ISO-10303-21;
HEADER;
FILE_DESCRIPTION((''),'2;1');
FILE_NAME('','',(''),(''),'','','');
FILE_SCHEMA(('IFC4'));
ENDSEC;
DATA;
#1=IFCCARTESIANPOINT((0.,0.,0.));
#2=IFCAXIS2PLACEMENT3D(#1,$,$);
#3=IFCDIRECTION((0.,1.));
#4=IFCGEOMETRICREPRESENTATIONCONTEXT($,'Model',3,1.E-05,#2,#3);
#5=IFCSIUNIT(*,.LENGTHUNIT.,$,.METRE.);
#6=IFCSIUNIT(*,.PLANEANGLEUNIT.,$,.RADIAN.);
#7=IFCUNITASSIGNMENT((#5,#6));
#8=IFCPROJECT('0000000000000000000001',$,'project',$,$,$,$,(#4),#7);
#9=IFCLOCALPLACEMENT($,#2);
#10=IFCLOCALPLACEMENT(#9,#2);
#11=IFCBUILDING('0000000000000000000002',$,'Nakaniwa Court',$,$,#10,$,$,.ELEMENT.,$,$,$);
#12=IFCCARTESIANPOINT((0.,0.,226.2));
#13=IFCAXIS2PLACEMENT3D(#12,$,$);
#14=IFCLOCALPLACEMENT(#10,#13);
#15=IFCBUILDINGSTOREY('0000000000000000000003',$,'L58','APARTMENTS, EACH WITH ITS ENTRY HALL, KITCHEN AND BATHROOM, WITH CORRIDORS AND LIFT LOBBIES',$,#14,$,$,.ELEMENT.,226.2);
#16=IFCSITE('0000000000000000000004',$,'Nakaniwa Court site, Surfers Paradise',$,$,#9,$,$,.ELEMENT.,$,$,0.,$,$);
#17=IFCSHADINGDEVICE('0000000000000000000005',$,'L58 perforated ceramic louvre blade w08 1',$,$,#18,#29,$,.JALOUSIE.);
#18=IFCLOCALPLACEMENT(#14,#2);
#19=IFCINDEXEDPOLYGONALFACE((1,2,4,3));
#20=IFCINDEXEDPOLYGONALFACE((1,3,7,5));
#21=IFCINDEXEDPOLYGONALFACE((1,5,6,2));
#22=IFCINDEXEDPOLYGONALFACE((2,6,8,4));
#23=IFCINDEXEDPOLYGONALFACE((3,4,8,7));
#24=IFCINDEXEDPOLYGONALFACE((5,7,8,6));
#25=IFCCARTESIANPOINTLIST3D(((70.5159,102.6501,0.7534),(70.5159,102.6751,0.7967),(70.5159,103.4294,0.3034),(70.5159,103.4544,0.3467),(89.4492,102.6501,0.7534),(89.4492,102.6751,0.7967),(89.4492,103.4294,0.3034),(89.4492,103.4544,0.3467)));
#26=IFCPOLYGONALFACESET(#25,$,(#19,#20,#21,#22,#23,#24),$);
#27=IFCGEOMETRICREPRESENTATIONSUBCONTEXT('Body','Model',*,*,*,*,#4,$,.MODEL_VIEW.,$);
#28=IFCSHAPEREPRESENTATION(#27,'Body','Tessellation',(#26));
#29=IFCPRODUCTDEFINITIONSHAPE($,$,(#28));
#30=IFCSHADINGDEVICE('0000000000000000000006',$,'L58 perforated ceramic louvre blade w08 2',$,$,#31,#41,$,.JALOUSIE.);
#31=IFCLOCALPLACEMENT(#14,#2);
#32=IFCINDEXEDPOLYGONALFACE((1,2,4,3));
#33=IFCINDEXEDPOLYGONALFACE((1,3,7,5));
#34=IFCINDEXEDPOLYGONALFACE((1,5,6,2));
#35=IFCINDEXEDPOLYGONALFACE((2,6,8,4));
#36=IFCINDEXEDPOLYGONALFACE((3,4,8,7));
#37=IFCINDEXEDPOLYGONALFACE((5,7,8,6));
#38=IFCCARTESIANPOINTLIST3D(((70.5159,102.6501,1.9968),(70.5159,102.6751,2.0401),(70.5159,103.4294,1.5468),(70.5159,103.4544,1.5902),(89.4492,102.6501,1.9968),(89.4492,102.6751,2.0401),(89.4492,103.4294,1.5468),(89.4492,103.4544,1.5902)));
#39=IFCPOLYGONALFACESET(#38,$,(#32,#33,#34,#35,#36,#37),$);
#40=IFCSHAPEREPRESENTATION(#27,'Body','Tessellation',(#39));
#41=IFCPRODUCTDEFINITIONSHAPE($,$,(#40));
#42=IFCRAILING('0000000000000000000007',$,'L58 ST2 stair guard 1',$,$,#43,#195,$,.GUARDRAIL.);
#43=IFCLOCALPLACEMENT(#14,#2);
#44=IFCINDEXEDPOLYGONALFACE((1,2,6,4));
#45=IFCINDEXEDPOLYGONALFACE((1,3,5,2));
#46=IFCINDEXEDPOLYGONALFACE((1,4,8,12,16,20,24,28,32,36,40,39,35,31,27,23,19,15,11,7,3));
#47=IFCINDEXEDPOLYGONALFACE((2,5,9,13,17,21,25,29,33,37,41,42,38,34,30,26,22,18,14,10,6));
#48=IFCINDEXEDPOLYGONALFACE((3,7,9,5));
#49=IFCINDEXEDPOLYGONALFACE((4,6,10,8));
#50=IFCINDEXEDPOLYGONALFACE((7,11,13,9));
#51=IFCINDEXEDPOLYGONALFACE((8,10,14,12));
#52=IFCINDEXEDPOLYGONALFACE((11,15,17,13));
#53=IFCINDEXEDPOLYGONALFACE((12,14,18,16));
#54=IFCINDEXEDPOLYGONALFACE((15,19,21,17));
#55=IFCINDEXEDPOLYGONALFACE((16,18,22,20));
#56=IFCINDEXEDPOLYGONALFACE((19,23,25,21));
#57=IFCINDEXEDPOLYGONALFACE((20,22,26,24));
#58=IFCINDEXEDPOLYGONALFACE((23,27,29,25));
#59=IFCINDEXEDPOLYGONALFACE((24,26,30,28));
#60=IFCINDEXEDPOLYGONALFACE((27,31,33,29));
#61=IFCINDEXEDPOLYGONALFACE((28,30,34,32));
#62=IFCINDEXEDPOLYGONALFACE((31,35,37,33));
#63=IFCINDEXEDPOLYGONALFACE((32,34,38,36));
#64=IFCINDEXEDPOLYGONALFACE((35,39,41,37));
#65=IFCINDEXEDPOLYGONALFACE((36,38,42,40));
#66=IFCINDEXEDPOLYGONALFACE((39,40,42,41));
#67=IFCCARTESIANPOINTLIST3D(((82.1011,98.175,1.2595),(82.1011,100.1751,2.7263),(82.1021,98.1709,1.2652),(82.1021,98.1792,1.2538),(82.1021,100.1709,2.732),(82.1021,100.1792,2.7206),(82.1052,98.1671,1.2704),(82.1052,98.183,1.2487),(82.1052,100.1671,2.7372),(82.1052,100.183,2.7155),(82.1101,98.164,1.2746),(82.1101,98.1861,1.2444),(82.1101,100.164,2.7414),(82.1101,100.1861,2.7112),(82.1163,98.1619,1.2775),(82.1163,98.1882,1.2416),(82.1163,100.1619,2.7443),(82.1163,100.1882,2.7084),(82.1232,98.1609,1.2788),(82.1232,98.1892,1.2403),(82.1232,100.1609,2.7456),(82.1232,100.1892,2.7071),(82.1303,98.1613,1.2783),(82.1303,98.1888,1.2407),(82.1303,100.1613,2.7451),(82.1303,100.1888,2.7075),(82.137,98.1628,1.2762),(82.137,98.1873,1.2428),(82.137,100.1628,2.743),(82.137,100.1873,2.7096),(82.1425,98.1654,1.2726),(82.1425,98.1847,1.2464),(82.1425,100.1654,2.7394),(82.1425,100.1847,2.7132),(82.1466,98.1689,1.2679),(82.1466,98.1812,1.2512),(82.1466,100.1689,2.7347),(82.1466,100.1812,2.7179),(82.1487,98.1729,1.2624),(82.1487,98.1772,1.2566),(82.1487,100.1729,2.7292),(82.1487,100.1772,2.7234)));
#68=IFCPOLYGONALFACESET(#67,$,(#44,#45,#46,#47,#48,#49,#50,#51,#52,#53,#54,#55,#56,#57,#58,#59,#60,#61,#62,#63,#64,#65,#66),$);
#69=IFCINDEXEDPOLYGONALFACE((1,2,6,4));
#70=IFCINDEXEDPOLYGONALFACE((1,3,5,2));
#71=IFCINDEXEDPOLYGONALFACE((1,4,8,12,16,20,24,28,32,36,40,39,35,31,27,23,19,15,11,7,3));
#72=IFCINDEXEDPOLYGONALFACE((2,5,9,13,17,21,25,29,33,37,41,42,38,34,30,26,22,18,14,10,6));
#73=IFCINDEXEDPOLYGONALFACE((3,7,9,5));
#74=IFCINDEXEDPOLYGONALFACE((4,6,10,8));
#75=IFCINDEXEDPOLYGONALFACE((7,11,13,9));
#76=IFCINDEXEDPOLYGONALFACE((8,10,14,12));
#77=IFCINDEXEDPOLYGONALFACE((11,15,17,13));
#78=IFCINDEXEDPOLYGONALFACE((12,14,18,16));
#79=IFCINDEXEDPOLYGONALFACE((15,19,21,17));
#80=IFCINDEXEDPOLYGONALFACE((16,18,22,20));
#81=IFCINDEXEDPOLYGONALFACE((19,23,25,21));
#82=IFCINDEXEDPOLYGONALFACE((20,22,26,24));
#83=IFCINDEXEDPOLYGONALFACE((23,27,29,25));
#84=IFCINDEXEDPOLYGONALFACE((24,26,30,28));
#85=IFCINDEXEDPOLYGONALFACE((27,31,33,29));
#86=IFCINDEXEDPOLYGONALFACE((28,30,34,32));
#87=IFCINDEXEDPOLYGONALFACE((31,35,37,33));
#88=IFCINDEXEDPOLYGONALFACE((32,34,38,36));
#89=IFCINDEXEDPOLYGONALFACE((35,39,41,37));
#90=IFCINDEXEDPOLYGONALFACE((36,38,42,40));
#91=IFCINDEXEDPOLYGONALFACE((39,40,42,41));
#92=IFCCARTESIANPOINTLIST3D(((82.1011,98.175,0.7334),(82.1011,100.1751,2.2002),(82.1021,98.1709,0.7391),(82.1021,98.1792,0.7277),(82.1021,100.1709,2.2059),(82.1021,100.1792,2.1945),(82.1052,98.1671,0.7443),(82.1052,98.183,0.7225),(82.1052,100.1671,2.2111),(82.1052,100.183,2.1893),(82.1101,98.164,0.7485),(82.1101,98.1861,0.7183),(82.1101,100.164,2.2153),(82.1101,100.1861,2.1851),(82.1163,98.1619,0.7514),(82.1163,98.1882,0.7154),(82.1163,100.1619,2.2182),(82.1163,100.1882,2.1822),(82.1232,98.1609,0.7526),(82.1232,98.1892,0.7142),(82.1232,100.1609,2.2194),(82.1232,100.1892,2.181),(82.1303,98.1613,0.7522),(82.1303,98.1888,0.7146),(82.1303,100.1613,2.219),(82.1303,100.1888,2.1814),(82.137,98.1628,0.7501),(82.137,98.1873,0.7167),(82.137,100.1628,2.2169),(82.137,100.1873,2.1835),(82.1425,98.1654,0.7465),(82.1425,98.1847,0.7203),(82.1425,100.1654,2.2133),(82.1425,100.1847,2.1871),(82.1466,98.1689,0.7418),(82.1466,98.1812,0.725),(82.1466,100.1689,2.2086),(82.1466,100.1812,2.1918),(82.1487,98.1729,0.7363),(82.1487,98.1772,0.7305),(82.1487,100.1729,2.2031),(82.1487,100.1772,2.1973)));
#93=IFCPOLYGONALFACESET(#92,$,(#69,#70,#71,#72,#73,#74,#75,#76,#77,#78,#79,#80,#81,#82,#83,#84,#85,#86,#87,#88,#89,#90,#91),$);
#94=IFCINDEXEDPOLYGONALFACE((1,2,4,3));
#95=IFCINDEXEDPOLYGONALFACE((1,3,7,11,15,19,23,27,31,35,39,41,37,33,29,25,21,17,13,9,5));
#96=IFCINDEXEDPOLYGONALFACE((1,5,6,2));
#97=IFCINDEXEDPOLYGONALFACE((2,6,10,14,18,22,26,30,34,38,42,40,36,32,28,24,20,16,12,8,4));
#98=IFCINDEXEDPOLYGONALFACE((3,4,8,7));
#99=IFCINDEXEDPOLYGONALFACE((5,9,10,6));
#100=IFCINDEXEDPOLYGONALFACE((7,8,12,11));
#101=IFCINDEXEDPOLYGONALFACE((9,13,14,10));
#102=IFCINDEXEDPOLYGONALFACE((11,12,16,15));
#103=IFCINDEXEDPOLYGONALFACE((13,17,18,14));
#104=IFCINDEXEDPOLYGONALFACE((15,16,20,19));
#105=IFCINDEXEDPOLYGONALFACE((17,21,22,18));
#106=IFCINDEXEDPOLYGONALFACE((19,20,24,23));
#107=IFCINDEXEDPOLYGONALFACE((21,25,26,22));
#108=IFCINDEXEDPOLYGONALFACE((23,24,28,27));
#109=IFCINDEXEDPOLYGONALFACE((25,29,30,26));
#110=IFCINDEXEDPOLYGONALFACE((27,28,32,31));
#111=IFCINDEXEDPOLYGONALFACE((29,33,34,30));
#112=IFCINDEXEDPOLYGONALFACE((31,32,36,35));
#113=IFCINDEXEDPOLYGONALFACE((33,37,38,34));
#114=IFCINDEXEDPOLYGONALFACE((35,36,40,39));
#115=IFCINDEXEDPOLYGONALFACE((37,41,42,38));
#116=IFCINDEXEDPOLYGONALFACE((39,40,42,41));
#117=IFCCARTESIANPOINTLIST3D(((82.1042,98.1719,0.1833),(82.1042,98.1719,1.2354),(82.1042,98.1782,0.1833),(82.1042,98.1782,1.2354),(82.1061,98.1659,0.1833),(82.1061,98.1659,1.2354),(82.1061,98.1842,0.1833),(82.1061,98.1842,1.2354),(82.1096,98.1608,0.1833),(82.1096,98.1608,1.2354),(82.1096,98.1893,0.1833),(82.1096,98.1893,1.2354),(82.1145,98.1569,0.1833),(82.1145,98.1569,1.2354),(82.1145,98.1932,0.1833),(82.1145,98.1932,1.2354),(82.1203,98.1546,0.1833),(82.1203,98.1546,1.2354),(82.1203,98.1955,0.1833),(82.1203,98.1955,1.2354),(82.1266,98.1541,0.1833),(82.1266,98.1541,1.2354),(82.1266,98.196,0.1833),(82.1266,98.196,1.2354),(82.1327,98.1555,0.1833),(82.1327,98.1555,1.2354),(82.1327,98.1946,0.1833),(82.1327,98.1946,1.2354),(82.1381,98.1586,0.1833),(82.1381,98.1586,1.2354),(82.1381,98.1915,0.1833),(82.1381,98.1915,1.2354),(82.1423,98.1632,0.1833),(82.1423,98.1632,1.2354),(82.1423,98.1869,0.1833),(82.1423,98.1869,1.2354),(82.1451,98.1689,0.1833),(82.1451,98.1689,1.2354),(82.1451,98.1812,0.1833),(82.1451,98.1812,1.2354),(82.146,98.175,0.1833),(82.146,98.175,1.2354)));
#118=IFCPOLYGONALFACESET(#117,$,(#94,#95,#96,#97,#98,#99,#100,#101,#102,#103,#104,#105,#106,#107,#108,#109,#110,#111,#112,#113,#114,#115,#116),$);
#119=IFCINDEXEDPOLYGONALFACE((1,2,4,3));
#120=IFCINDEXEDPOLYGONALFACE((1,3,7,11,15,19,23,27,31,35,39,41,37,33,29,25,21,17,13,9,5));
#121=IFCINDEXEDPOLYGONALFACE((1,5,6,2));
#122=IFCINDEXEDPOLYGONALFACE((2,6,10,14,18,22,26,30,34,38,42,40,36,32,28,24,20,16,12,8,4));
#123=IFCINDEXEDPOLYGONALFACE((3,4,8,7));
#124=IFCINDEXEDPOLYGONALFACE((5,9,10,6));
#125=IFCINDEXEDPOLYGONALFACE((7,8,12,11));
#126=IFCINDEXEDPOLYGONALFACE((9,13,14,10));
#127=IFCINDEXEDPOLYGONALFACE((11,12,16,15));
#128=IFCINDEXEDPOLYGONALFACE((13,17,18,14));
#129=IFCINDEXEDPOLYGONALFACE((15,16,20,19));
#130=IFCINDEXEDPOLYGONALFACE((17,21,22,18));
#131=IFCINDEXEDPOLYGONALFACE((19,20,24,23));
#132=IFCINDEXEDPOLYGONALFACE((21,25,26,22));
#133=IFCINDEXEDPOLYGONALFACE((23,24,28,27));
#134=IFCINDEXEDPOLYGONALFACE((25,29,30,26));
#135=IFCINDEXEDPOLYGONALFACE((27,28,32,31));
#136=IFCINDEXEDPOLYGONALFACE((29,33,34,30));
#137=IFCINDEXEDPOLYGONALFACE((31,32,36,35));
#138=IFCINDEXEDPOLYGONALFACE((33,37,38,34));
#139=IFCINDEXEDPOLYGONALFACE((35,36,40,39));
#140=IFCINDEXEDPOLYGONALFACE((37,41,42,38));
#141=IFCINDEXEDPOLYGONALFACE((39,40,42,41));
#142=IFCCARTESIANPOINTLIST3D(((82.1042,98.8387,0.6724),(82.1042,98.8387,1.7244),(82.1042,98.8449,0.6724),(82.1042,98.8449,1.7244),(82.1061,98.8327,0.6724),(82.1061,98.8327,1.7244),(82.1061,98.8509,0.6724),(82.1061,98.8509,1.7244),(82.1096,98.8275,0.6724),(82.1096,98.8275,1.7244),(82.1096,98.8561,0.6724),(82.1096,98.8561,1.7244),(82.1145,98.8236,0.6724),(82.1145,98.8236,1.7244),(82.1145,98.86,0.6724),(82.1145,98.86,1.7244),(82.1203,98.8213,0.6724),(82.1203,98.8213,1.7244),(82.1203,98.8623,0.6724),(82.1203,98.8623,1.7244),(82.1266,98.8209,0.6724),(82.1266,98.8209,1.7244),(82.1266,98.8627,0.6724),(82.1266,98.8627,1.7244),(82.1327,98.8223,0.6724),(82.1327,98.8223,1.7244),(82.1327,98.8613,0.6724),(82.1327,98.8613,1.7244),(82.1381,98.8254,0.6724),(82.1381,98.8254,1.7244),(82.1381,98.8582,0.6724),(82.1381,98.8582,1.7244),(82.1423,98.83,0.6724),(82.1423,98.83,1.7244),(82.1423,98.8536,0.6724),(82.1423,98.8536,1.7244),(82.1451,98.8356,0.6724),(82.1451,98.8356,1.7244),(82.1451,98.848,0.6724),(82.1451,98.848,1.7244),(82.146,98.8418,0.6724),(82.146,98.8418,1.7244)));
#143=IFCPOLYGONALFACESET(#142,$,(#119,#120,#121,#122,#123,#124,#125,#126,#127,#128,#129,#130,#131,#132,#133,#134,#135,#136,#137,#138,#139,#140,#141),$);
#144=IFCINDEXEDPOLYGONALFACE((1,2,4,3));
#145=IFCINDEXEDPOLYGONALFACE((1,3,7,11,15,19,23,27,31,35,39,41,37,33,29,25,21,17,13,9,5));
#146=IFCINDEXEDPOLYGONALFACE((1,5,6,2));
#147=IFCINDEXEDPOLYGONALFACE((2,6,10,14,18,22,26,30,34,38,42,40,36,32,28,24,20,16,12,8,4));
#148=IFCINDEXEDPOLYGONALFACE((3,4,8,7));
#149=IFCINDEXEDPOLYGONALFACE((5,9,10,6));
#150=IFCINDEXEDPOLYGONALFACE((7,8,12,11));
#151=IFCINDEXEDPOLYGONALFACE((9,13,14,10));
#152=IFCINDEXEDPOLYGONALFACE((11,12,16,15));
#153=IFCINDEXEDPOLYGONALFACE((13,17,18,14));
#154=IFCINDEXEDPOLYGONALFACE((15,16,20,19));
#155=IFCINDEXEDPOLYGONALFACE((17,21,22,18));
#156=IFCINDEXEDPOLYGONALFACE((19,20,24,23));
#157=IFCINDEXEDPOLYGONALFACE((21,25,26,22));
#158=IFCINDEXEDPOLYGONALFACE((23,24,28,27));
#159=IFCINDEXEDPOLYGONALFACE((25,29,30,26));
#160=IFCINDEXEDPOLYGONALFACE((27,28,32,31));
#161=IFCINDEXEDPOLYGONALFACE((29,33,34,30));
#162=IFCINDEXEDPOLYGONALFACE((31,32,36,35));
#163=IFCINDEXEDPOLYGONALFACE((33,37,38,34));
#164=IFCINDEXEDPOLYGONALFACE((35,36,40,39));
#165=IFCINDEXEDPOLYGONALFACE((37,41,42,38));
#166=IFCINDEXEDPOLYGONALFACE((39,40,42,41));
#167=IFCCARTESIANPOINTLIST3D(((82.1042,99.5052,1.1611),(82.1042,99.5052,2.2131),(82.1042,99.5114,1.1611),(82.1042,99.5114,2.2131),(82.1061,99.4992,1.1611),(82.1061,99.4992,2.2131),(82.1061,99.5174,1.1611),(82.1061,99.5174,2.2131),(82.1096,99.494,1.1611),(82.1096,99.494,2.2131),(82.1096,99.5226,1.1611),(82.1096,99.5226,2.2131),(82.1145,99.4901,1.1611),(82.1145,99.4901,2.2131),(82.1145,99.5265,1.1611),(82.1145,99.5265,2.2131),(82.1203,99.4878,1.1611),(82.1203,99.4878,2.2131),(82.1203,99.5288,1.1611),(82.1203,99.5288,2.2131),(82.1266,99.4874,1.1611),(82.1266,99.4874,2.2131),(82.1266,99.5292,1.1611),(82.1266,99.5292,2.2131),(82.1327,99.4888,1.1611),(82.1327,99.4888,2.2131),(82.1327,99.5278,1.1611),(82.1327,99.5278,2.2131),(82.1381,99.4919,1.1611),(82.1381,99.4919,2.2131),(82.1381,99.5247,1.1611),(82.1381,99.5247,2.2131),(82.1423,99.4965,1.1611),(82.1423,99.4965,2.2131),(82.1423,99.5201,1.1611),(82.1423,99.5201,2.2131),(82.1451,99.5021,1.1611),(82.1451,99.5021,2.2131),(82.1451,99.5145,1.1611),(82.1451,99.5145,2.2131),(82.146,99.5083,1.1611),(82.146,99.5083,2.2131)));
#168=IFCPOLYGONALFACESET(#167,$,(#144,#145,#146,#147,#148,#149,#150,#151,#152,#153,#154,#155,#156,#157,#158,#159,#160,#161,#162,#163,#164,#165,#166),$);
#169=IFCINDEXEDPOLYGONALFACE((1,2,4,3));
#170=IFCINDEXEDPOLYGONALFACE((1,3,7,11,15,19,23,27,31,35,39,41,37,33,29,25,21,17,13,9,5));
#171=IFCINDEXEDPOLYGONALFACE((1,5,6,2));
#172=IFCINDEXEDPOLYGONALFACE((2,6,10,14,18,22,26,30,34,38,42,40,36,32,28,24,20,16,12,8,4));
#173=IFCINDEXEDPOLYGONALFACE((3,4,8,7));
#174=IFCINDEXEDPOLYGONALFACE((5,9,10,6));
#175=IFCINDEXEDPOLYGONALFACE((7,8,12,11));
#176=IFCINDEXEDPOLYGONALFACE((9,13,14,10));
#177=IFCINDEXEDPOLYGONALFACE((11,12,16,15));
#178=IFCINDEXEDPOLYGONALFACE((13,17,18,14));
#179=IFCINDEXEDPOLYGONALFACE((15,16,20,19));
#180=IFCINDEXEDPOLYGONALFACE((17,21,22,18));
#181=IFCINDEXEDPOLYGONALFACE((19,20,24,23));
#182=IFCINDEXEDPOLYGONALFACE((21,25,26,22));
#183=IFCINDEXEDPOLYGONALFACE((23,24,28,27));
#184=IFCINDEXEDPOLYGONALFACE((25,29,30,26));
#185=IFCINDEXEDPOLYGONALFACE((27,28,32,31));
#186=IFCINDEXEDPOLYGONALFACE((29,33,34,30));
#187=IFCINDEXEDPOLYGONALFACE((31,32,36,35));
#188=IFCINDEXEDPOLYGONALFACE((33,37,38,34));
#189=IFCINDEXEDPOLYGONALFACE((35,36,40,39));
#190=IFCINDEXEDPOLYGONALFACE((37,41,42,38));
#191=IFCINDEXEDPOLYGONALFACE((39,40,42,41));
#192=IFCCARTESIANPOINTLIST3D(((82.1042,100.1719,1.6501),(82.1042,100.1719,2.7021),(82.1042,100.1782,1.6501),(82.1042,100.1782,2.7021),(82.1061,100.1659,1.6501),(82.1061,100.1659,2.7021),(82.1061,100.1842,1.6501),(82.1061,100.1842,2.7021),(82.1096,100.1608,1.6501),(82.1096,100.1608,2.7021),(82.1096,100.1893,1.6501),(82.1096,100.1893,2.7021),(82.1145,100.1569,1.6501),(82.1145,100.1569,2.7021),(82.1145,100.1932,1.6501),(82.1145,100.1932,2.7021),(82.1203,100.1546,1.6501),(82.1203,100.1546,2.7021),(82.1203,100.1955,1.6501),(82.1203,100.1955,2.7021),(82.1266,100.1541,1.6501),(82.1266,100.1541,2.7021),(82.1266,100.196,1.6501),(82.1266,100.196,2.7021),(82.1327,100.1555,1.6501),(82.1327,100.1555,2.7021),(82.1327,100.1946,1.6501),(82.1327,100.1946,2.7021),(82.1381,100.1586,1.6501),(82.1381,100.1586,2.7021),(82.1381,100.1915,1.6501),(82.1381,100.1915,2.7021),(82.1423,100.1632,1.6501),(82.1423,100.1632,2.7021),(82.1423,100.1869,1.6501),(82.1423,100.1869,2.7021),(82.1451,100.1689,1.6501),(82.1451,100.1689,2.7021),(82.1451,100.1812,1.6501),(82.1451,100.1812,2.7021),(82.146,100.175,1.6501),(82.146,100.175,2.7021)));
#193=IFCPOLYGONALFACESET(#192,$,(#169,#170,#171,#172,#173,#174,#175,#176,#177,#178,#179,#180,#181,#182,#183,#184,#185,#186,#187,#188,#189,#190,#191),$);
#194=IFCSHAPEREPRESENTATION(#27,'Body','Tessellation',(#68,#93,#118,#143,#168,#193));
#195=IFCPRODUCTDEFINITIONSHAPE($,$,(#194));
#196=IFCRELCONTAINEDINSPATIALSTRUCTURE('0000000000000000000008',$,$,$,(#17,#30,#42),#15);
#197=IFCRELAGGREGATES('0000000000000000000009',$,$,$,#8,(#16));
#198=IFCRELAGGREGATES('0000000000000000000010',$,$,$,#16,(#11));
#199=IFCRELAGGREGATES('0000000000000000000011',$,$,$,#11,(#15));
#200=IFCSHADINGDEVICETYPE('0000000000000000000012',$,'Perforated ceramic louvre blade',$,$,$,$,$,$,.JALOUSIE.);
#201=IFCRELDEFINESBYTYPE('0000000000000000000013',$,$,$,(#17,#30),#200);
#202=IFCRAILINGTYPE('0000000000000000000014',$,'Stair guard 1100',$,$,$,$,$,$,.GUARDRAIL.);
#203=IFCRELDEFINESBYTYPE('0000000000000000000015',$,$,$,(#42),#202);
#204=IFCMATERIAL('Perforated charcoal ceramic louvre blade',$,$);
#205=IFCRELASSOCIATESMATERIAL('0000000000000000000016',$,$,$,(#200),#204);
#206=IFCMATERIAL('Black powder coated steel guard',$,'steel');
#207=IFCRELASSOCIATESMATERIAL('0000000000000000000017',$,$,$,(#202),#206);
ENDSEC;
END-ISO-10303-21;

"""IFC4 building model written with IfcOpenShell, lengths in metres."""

from ifc_helpers import new_model, si_unit, direction, frame, origin, origin_2d, place, context, subcontext, project, spatial, rectangle, circle, extrude, material, material_profile, profile_set, type_object, element, save


model = new_model("IFC4")

# Units and contexts
model_context = context("Model", 3, precision=1e-05, world=origin(), true_north=direction((0.0, 1.0)))
body_context = subcontext(model_context, "Body", "Model", "MODEL_VIEW")
ifc_project = project(units=[si_unit("LENGTHUNIT", "METRE"), si_unit("PLANEANGLEUNIT", "RADIAN")], contexts=[model_context])

# Site, building, storey
site_placement = place(None, origin())
site = spatial("IfcSite", under=ifc_project, at=site_placement, Name="Nakaniwa Court site, Surfers Paradise", CompositionType="ELEMENT", RefElevation=0.0)
building_placement = place(site_placement, origin())
building = spatial("IfcBuilding", under=site, at=building_placement, Name="Nakaniwa Court", CompositionType="ELEMENT")
storey_placement = place(building_placement, frame((0.0, 0.0, 226.2)))
storey = spatial("IfcBuildingStorey", under=building, at=storey_placement, Name="L58", Description="APARTMENTS, EACH WITH ITS ENTRY HALL, KITCHEN AND BATHROOM, WITH CORRIDORS AND LIFT LOBBIES", CompositionType="ELEMENT", Elevation=226.2)

# Shading devices
ifc_material_1 = material(Name="Perforated charcoal ceramic louvre blade")
ifc_material_profile = material_profile(ifc_material_1, rectangle(XDim=0.8999, YDim=0.05, at=origin_2d()), Name="Perforated ceramic louvre blade")
ifc_profile_set = profile_set([ifc_material_profile], Name="Perforated charcoal ceramic louvre blade")
shading_device_type = type_object("IfcShadingDeviceType", Name="Perforated ceramic louvre blade", PredefinedType="JALOUSIE", material=ifc_profile_set)
for number, where, z_axis, x_axis, name in (
    (1, (89.4492, 103.0522, 0.55), (-1.0, 0.0, 0.0), (0.0, -0.866025, 0.5), "L58 perforated ceramic louvre blade w08 1"),
    (2, (89.4492, 103.0522, 1.7935), (-1.0, 0.0, 0.0), (0.0, -0.866025, 0.5), "L58 perforated ceramic louvre blade w08 2"),
):
    element("IfcShadingDevice", number, at=place(storey_placement, frame(where, z_axis=z_axis, x_axis=x_axis)), inside=storey, type_object=shading_device_type, Name=name, PredefinedType="JALOUSIE", context=body_context, shape_type="SweptSolid", body=[
        extrude(rectangle(XDim=0.8999, YDim=0.05, at=origin_2d()), origin(), (0.0, 0.0, 1.0), 18.9333),
    ])

# Railing
ifc_material_2 = material(Name="Black powder coated steel guard", Category="steel")
railing_type_1 = type_object("IfcRailingType", Name="Stair guard 1100", PredefinedType="GUARDRAIL", material=ifc_material_2)
railing_1_placement = place(storey_placement, frame((82.125, 98.175, 0.1833)))
element("IfcRailing", 3, at=railing_1_placement, inside=storey, type_object=railing_type_1, Name="L58 ST2 stair guard 1", PredefinedType="GUARDRAIL", context=body_context, shape_type="SweptSolid", body=[
    extrude(circle(Radius=0.0239, at=origin_2d()), frame((0.0, 0.0, 1.0762), z_axis=(0.0, 0.80638, 0.591398), x_axis=(-1.0, 0.0, 0.0)), (0.0, 0.0, 1.0), 2.4802),
    extrude(circle(Radius=0.0239, at=origin_2d()), frame((0.0, 0.0, 0.55), z_axis=(0.0, 0.80638, 0.591398), x_axis=(-1.0, 0.0, 0.0)), (0.0, 0.0, 1.0), 2.4802),
    extrude(circle(Radius=0.021, at=origin_2d()), origin(), (0.0, 0.0, 1.0), 1.052),
    extrude(circle(Radius=0.021, at=origin_2d()), frame((0.0, 0.6667, 0.489)), (0.0, 0.0, 1.0), 1.052),
    extrude(circle(Radius=0.021, at=origin_2d()), frame((0.0, 1.3333, 0.9778)), (0.0, 0.0, 1.0), 1.052),
    extrude(circle(Radius=0.021, at=origin_2d()), frame((0.0, 2.0, 1.4668)), (0.0, 0.0, 1.0), 1.052),
])

save(model, "model.ifc")
